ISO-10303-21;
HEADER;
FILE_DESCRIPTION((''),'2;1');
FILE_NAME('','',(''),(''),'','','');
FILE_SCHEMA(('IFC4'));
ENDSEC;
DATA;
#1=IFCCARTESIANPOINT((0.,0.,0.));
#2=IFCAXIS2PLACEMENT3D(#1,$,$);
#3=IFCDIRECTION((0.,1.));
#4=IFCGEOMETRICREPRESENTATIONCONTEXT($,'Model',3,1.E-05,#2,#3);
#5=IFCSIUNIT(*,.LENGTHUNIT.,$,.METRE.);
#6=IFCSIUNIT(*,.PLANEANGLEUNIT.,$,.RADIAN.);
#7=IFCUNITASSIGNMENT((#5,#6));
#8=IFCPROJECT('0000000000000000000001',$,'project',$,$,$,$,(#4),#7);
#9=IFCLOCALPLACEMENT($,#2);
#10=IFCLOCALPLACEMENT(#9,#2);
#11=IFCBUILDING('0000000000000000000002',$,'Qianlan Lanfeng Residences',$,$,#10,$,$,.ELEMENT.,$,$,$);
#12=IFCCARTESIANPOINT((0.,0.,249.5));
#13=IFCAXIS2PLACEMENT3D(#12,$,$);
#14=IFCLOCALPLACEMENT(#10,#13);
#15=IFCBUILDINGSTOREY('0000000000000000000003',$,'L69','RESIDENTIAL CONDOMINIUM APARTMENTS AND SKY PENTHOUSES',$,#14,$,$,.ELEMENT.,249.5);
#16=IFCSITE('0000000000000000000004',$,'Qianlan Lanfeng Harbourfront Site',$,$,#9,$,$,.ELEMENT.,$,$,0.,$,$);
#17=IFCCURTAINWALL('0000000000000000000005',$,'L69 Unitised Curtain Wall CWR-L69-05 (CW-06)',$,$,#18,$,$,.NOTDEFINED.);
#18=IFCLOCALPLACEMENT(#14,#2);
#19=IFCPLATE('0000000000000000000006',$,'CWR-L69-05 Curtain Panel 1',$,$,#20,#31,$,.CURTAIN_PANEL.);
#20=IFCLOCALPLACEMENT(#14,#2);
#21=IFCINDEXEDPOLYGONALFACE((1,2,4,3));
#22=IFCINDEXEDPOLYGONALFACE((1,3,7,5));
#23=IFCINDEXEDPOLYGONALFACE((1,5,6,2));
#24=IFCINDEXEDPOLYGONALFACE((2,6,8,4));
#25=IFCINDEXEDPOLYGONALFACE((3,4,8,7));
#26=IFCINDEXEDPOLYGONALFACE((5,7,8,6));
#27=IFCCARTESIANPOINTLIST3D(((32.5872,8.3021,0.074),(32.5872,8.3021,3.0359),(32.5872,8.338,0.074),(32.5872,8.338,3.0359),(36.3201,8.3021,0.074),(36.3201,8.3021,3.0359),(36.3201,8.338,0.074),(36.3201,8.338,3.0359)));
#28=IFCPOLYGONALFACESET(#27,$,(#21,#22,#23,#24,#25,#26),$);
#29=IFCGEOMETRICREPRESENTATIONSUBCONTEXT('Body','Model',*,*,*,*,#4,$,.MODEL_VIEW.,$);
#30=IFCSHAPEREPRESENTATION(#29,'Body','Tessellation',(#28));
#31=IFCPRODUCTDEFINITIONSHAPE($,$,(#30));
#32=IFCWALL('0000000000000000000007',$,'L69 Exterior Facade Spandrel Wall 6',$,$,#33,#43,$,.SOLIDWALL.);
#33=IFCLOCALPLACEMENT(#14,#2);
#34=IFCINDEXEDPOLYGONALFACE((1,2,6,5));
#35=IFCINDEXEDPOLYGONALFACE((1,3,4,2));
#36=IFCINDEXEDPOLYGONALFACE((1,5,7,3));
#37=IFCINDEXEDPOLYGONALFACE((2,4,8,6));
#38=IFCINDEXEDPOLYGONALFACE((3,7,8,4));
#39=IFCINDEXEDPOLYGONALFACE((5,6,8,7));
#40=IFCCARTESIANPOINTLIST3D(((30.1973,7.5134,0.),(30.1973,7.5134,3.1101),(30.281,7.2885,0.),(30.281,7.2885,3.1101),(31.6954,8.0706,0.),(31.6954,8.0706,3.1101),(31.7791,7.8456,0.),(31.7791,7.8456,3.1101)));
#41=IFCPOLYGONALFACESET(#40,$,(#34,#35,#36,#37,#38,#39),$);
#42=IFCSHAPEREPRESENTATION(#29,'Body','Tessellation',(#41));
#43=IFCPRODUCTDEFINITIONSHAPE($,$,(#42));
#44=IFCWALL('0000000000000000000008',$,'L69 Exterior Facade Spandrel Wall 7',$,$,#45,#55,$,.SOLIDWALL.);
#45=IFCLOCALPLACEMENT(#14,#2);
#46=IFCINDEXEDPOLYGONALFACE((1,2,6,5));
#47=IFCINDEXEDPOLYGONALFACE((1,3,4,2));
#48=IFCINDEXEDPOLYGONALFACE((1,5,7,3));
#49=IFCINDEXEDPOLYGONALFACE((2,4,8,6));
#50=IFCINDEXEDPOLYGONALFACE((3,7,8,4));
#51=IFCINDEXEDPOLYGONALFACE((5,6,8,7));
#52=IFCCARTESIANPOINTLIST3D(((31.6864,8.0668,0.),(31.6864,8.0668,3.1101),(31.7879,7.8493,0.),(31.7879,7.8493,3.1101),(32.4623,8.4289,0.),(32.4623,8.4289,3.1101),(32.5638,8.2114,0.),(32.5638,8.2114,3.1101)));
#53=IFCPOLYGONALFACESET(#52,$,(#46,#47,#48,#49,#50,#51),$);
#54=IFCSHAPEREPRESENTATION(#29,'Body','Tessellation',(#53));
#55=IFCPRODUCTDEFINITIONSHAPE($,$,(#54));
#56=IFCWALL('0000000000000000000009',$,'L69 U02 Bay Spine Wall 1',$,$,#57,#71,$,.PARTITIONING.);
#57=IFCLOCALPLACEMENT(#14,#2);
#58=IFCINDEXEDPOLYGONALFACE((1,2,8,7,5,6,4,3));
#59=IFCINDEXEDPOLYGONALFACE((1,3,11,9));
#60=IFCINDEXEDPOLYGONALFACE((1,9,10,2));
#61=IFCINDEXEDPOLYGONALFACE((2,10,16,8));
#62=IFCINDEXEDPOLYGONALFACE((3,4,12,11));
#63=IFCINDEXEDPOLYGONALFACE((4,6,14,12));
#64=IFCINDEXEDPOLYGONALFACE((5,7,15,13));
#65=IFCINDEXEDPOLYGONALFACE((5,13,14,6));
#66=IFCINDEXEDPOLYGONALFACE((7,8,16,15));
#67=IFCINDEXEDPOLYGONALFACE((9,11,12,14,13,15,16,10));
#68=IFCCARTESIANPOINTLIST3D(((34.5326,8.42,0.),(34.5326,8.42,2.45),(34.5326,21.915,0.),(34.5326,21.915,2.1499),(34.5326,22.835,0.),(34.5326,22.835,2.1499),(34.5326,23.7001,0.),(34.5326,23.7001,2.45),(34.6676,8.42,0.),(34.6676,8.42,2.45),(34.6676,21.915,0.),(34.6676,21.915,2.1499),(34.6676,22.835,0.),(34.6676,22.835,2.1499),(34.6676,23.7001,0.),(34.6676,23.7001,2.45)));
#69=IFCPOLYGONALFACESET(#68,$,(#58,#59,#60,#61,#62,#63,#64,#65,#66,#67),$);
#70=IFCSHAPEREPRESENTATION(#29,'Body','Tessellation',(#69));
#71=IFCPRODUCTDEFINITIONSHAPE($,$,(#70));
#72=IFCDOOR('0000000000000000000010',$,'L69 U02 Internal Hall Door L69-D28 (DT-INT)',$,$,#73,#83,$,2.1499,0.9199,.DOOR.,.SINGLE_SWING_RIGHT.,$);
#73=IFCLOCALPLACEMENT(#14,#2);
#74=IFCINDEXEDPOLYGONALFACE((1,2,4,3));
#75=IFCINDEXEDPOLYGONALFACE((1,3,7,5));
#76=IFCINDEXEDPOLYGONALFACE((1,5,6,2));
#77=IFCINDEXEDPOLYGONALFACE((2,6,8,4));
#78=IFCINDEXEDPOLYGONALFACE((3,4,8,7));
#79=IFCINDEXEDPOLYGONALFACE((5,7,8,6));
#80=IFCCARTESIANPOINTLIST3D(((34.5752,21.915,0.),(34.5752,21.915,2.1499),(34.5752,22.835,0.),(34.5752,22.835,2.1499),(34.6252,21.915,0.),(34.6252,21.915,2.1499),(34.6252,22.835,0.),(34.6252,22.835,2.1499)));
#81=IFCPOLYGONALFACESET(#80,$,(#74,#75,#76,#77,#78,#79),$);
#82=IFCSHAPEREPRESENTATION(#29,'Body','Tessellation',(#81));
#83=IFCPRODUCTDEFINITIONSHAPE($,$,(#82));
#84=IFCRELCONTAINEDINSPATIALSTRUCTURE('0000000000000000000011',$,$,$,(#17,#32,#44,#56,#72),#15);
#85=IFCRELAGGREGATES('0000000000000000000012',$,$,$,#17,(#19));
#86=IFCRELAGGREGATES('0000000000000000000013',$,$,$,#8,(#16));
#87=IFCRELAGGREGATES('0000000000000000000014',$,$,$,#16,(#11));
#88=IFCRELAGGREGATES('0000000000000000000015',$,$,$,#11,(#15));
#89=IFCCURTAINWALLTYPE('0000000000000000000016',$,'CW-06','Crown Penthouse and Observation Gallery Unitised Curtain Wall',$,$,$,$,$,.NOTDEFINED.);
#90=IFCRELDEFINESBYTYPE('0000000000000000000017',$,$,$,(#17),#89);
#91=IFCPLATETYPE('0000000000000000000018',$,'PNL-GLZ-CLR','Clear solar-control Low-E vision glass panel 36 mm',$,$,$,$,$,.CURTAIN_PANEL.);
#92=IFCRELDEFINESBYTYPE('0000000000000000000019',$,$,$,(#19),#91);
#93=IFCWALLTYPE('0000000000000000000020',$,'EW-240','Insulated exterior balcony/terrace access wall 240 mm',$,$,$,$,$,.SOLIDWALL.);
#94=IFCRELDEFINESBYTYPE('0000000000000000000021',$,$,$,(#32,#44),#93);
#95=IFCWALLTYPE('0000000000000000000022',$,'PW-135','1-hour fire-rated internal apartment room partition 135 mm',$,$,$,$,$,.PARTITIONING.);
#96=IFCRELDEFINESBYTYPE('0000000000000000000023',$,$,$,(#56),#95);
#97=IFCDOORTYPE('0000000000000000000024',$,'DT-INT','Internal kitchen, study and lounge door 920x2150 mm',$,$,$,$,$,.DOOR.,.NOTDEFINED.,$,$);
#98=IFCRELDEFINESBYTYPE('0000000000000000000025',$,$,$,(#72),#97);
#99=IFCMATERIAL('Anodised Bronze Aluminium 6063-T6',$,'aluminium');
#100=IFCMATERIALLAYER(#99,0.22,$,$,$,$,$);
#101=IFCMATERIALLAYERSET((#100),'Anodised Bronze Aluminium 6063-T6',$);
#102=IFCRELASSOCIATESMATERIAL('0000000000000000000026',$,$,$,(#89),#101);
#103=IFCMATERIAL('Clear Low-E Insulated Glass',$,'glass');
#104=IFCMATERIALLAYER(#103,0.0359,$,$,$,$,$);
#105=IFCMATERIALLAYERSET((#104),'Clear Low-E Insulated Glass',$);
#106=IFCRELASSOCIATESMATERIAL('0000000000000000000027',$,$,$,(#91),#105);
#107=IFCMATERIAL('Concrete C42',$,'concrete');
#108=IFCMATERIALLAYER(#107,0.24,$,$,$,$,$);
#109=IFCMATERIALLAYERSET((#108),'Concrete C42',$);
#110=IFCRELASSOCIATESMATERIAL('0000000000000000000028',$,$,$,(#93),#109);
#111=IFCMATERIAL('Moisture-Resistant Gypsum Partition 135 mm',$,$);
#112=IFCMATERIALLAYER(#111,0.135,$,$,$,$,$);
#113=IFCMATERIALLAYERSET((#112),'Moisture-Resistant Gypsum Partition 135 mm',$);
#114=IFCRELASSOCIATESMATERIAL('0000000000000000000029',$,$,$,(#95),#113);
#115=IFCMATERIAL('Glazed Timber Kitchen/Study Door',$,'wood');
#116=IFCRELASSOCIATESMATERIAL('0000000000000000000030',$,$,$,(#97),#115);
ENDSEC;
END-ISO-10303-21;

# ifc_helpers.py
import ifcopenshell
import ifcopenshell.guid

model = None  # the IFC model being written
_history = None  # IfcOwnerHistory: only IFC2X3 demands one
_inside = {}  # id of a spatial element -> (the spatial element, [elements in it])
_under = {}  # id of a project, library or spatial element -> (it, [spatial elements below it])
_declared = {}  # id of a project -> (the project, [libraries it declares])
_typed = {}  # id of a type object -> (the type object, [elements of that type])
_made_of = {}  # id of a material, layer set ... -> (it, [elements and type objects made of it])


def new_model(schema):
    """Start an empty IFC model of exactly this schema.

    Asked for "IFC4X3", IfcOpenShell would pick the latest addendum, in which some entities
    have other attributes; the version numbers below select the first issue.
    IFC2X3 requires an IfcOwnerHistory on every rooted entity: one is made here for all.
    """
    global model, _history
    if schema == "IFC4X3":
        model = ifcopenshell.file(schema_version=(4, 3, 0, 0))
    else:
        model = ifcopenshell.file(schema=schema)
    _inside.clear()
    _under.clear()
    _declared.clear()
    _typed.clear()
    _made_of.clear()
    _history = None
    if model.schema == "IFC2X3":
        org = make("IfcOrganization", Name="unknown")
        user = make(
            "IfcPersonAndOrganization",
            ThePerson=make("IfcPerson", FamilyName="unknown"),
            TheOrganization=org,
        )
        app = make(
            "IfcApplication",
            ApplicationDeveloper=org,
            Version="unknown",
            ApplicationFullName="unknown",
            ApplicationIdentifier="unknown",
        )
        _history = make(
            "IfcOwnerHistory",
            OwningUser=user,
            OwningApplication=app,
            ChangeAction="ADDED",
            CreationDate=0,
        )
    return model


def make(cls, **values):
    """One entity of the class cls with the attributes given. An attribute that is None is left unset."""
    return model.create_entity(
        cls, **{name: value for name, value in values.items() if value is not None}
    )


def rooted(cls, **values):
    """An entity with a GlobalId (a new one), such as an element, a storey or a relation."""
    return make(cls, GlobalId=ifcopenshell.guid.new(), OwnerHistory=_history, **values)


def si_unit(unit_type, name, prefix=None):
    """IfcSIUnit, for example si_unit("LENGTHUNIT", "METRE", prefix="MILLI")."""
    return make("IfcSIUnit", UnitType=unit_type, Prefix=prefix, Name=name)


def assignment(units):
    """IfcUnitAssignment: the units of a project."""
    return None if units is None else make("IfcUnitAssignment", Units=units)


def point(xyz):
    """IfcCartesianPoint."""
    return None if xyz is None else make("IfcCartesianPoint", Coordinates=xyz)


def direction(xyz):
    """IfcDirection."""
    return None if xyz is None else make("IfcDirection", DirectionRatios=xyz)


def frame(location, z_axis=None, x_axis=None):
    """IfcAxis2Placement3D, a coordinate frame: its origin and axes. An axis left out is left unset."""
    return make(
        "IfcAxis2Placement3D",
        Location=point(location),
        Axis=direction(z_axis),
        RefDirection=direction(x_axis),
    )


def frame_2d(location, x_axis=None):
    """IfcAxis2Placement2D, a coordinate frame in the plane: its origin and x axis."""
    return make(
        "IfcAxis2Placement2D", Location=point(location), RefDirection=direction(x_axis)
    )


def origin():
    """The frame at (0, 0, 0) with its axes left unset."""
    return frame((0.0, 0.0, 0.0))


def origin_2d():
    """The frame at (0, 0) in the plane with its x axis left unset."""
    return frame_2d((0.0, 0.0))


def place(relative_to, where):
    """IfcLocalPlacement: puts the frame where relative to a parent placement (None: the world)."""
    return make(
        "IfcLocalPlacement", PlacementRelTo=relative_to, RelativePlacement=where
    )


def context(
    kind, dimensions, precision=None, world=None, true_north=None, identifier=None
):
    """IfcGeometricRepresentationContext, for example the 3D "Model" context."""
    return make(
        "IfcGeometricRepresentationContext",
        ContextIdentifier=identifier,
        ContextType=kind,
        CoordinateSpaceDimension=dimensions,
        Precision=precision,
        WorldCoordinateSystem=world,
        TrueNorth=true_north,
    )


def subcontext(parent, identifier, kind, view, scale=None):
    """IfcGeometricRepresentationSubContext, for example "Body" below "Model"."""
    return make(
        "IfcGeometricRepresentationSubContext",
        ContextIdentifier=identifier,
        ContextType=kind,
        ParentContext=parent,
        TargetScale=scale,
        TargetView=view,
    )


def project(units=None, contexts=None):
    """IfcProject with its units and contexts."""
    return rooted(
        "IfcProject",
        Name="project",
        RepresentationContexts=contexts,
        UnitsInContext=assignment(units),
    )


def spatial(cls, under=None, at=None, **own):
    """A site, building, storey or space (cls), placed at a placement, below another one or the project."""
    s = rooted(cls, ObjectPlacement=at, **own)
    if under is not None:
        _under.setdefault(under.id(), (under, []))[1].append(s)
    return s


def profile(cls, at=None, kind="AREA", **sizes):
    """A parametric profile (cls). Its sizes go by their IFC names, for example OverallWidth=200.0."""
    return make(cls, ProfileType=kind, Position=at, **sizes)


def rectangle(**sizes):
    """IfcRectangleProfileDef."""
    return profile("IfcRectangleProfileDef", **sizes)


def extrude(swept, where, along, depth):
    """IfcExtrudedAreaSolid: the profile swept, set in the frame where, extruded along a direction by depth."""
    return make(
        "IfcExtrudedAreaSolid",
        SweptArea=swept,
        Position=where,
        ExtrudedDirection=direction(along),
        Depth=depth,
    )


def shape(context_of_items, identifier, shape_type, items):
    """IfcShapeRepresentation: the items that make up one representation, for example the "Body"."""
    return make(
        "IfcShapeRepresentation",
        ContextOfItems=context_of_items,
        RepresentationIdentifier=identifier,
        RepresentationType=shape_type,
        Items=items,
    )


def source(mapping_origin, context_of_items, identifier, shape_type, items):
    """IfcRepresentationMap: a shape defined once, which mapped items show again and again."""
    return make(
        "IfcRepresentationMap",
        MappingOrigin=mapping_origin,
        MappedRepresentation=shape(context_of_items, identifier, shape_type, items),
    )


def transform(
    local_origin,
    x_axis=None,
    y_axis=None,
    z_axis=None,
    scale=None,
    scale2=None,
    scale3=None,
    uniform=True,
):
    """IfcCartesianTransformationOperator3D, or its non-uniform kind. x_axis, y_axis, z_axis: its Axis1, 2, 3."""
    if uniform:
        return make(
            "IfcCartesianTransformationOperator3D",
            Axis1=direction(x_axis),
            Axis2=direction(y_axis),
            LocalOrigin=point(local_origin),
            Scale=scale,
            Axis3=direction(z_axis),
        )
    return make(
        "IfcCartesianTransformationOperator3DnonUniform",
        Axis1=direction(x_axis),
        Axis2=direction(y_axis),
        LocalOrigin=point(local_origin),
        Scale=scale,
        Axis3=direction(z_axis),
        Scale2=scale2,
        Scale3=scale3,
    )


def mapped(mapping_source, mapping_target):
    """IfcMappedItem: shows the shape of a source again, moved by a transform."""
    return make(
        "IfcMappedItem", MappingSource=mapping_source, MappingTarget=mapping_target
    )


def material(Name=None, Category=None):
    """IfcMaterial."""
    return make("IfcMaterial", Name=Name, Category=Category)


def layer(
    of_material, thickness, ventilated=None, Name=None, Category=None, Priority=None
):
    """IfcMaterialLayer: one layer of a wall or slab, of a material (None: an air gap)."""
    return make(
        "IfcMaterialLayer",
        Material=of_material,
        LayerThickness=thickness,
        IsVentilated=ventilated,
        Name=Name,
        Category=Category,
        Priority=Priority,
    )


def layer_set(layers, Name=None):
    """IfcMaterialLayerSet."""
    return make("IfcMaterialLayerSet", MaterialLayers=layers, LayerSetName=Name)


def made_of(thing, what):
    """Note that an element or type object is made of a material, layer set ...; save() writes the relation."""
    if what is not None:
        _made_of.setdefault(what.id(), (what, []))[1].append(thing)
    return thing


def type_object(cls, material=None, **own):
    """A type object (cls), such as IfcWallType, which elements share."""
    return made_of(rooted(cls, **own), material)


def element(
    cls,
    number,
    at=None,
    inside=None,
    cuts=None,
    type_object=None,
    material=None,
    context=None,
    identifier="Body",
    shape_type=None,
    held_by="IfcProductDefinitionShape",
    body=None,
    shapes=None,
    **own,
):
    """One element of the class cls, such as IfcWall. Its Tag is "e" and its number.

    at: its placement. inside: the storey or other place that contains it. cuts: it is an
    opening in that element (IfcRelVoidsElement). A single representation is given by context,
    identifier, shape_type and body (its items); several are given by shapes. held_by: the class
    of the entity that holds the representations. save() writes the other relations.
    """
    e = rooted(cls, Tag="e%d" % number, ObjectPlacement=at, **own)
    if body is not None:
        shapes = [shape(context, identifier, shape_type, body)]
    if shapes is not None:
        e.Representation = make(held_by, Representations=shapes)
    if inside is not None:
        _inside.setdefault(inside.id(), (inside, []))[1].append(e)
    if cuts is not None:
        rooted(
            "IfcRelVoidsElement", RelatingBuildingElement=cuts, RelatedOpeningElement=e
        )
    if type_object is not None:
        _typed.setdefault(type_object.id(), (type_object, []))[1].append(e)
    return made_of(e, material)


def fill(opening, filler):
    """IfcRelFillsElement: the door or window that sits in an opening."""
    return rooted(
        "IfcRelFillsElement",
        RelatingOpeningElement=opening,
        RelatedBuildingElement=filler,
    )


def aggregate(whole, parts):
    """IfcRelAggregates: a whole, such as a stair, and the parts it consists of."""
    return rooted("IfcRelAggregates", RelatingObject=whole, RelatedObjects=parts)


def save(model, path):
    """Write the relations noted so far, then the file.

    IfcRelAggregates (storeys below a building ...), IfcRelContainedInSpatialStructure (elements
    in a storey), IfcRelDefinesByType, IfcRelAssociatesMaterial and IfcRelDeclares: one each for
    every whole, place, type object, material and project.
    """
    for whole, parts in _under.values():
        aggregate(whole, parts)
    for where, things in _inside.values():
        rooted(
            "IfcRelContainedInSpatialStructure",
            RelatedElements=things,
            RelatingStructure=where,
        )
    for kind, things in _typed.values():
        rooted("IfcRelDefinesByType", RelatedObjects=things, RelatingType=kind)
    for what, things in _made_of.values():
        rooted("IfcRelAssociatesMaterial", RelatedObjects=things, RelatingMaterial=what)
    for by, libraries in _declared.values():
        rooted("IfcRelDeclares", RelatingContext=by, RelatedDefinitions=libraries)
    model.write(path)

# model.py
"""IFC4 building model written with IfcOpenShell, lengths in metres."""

from ifc_helpers import new_model, si_unit, direction, frame, frame_2d, origin, origin_2d, place, context, subcontext, project, spatial, rectangle, extrude, source, transform, mapped, material, layer, layer_set, type_object, element, fill, aggregate, save


model = new_model("IFC4")

# Units and contexts
model_context = context("Model", 3, precision=1e-05, world=origin(), true_north=direction((0.0, 1.0)))
body_context = subcontext(model_context, "Body", "Model", "MODEL_VIEW")
ifc_project = project(units=[si_unit("LENGTHUNIT", "METRE"), si_unit("PLANEANGLEUNIT", "RADIAN")], contexts=[model_context])

# Site, building, storey
site_placement = place(None, origin())
site = spatial("IfcSite", under=ifc_project, at=site_placement, Name="Qianlan Lanfeng Harbourfront Site", CompositionType="ELEMENT", RefElevation=0.0)
building_placement = place(site_placement, origin())
building = spatial("IfcBuilding", under=site, at=building_placement, Name="Qianlan Lanfeng Residences", CompositionType="ELEMENT")
storey_placement = place(building_placement, frame((0.0, 0.0, 249.5)))
storey = spatial("IfcBuildingStorey", under=building, at=storey_placement, Name="L69", Description="RESIDENTIAL CONDOMINIUM APARTMENTS AND SKY PENTHOUSES", CompositionType="ELEMENT", Elevation=249.5)

# Shared definitions
ifc_material_1 = material(Name="Anodised Bronze Aluminium 6063-T6", Category="aluminium")
ifc_layer_1 = layer(ifc_material_1, 0.22)
ifc_layer_set_1 = layer_set([ifc_layer_1], Name="Anodised Bronze Aluminium 6063-T6")
curtain_wall_type = type_object("IfcCurtainWallType", Name="CW-06", Description="Crown Penthouse and Observation Gallery Unitised Curtain Wall", PredefinedType="NOTDEFINED", material=ifc_layer_set_1)

# Curtain wall, plate
curtain_wall_1_placement = place(storey_placement, origin())
curtain_wall_1 = element("IfcCurtainWall", 1, at=curtain_wall_1_placement, inside=storey, type_object=curtain_wall_type, Name="L69 Unitised Curtain Wall CWR-L69-05 (CW-06)", PredefinedType="NOTDEFINED")
ifc_material_2 = material(Name="Clear Low-E Insulated Glass", Category="glass")
ifc_layer_2 = layer(ifc_material_2, 0.0359)
ifc_layer_set_2 = layer_set([ifc_layer_2], Name="Clear Low-E Insulated Glass")
plate_type = type_object("IfcPlateType", Name="PNL-GLZ-CLR", Description="Clear solar-control Low-E vision glass panel 36 mm", PredefinedType="CURTAIN_PANEL", material=ifc_layer_set_2)
shared_shape_1 = source(origin(), body_context, "Body", "SweptSolid", [
    extrude(rectangle(XDim=3.7329, YDim=0.0359, at=origin_2d()), origin(), (0.0, 0.0, 1.0), 2.9619),
])
plate_placement = place(storey_placement, frame((34.4536, 8.3201, 0.074), z_axis=(0.0, 0.0, 1.0), x_axis=(1.0, 0.0, 0.0)))
plate = element("IfcPlate", 2, at=plate_placement, type_object=plate_type, Name="CWR-L69-05 Curtain Panel 1", PredefinedType="CURTAIN_PANEL", context=body_context, shape_type="MappedRepresentation", body=[
    mapped(shared_shape_1, transform((0.0, 0.0, 0.0), scale=1.0)),
])
aggregate(curtain_wall_1, [plate])

# Walls
ifc_material_3 = material(Name="Concrete C42", Category="concrete")
ifc_layer_3 = layer(ifc_material_3, 0.24)
ifc_layer_set_3 = layer_set([ifc_layer_3], Name="Concrete C42")
wall_type_1 = type_object("IfcWallType", Name="EW-240", Description="Insulated exterior balcony/terrace access wall 240 mm", PredefinedType="SOLIDWALL", material=ifc_layer_set_3)
wall_1_placement = place(storey_placement, frame((30.239, 7.4009, 0.0), z_axis=(0.0, 0.0, 1.0), x_axis=(0.93728, 0.348578, 0.0)))
element("IfcWall", 3, at=wall_1_placement, inside=storey, type_object=wall_type_1, Name="L69 Exterior Facade Spandrel Wall 6", PredefinedType="SOLIDWALL", context=body_context, shape_type="SweptSolid", body=[
    extrude(rectangle(XDim=1.5984, YDim=0.24, at=frame_2d((0.7993, 0.0))), origin(), (0.0, 0.0, 1.0), 3.1101),
])
wall_2_placement = place(storey_placement, frame((31.7371, 7.958, 0.0), z_axis=(0.0, 0.0, 1.0), x_axis=(0.90619, 0.42287, 0.0)))
element("IfcWall", 4, at=wall_2_placement, inside=storey, type_object=wall_type_1, Name="L69 Exterior Facade Spandrel Wall 7", PredefinedType="SOLIDWALL", context=body_context, shape_type="SweptSolid", body=[
    extrude(rectangle(XDim=0.8562, YDim=0.24, at=frame_2d((0.4282, 0.0))), origin(), (0.0, 0.0, 1.0), 3.1101),
])

# Wall, opening, door
ifc_material_4 = material(Name="Moisture-Resistant Gypsum Partition 135 mm")
ifc_layer_4 = layer(ifc_material_4, 0.135)
ifc_layer_set_4 = layer_set([ifc_layer_4], Name="Moisture-Resistant Gypsum Partition 135 mm")
wall_type_2 = type_object("IfcWallType", Name="PW-135", Description="1-hour fire-rated internal apartment room partition 135 mm", PredefinedType="PARTITIONING", material=ifc_layer_set_4)
wall_3_placement = place(storey_placement, frame((34.6001, 8.4199, 0.0), z_axis=(0.0, 0.0, 1.0), x_axis=(0.0, 1.0, 0.0)))
wall_3 = element("IfcWall", 5, at=wall_3_placement, inside=storey, type_object=wall_type_2, Name="L69 U02 Bay Spine Wall 1", PredefinedType="PARTITIONING", context=body_context, shape_type="SweptSolid", body=[
    extrude(rectangle(XDim=15.28, YDim=0.135, at=frame_2d((7.6401, 0.0))), origin(), (0.0, 0.0, 1.0), 2.45),
])
opening_1_placement = place(wall_3_placement, frame((13.4951, 0.0, 0.0)))
opening_1 = element("IfcOpeningElement", 6, at=opening_1_placement, cuts=wall_3, PredefinedType="OPENING", context=body_context, shape_type="SweptSolid", body=[
    extrude(rectangle(XDim=0.9199, YDim=2.1499, at=frame_2d((0.46, 1.075))), frame((0.0, 0.0776, 0.0), z_axis=(0.0, -1.0, 0.0), x_axis=(1.0, 0.0, 0.0)), (0.0, 0.0, 1.0), 0.155),
])
ifc_material_5 = material(Name="Glazed Timber Kitchen/Study Door", Category="wood")
door_type_1 = type_object("IfcDoorType", Name="DT-INT", Description="Internal kitchen, study and lounge door 920x2150 mm", OperationType="NOTDEFINED", PredefinedType="DOOR", material=ifc_material_5)
door_1_placement = place(opening_1_placement, origin())
door_1 = element("IfcDoor", 7, at=door_1_placement, inside=storey, type_object=door_type_1, Name="L69 U02 Internal Hall Door L69-D28 (DT-INT)", OperationType="SINGLE_SWING_RIGHT", OverallHeight=2.1499, OverallWidth=0.9199, PredefinedType="DOOR", context=body_context, shape_type="SweptSolid", body=[
    extrude(rectangle(XDim=0.9199, YDim=2.1499, at=frame_2d((0.46, 1.075))), frame((0.0, 0.0249, 0.0), z_axis=(0.0, -1.0, 0.0), x_axis=(1.0, 0.0, 0.0)), (0.0, 0.0, 1.0), 0.05),
])
fill(opening_1, door_1)

save(model, "model.ifc")
